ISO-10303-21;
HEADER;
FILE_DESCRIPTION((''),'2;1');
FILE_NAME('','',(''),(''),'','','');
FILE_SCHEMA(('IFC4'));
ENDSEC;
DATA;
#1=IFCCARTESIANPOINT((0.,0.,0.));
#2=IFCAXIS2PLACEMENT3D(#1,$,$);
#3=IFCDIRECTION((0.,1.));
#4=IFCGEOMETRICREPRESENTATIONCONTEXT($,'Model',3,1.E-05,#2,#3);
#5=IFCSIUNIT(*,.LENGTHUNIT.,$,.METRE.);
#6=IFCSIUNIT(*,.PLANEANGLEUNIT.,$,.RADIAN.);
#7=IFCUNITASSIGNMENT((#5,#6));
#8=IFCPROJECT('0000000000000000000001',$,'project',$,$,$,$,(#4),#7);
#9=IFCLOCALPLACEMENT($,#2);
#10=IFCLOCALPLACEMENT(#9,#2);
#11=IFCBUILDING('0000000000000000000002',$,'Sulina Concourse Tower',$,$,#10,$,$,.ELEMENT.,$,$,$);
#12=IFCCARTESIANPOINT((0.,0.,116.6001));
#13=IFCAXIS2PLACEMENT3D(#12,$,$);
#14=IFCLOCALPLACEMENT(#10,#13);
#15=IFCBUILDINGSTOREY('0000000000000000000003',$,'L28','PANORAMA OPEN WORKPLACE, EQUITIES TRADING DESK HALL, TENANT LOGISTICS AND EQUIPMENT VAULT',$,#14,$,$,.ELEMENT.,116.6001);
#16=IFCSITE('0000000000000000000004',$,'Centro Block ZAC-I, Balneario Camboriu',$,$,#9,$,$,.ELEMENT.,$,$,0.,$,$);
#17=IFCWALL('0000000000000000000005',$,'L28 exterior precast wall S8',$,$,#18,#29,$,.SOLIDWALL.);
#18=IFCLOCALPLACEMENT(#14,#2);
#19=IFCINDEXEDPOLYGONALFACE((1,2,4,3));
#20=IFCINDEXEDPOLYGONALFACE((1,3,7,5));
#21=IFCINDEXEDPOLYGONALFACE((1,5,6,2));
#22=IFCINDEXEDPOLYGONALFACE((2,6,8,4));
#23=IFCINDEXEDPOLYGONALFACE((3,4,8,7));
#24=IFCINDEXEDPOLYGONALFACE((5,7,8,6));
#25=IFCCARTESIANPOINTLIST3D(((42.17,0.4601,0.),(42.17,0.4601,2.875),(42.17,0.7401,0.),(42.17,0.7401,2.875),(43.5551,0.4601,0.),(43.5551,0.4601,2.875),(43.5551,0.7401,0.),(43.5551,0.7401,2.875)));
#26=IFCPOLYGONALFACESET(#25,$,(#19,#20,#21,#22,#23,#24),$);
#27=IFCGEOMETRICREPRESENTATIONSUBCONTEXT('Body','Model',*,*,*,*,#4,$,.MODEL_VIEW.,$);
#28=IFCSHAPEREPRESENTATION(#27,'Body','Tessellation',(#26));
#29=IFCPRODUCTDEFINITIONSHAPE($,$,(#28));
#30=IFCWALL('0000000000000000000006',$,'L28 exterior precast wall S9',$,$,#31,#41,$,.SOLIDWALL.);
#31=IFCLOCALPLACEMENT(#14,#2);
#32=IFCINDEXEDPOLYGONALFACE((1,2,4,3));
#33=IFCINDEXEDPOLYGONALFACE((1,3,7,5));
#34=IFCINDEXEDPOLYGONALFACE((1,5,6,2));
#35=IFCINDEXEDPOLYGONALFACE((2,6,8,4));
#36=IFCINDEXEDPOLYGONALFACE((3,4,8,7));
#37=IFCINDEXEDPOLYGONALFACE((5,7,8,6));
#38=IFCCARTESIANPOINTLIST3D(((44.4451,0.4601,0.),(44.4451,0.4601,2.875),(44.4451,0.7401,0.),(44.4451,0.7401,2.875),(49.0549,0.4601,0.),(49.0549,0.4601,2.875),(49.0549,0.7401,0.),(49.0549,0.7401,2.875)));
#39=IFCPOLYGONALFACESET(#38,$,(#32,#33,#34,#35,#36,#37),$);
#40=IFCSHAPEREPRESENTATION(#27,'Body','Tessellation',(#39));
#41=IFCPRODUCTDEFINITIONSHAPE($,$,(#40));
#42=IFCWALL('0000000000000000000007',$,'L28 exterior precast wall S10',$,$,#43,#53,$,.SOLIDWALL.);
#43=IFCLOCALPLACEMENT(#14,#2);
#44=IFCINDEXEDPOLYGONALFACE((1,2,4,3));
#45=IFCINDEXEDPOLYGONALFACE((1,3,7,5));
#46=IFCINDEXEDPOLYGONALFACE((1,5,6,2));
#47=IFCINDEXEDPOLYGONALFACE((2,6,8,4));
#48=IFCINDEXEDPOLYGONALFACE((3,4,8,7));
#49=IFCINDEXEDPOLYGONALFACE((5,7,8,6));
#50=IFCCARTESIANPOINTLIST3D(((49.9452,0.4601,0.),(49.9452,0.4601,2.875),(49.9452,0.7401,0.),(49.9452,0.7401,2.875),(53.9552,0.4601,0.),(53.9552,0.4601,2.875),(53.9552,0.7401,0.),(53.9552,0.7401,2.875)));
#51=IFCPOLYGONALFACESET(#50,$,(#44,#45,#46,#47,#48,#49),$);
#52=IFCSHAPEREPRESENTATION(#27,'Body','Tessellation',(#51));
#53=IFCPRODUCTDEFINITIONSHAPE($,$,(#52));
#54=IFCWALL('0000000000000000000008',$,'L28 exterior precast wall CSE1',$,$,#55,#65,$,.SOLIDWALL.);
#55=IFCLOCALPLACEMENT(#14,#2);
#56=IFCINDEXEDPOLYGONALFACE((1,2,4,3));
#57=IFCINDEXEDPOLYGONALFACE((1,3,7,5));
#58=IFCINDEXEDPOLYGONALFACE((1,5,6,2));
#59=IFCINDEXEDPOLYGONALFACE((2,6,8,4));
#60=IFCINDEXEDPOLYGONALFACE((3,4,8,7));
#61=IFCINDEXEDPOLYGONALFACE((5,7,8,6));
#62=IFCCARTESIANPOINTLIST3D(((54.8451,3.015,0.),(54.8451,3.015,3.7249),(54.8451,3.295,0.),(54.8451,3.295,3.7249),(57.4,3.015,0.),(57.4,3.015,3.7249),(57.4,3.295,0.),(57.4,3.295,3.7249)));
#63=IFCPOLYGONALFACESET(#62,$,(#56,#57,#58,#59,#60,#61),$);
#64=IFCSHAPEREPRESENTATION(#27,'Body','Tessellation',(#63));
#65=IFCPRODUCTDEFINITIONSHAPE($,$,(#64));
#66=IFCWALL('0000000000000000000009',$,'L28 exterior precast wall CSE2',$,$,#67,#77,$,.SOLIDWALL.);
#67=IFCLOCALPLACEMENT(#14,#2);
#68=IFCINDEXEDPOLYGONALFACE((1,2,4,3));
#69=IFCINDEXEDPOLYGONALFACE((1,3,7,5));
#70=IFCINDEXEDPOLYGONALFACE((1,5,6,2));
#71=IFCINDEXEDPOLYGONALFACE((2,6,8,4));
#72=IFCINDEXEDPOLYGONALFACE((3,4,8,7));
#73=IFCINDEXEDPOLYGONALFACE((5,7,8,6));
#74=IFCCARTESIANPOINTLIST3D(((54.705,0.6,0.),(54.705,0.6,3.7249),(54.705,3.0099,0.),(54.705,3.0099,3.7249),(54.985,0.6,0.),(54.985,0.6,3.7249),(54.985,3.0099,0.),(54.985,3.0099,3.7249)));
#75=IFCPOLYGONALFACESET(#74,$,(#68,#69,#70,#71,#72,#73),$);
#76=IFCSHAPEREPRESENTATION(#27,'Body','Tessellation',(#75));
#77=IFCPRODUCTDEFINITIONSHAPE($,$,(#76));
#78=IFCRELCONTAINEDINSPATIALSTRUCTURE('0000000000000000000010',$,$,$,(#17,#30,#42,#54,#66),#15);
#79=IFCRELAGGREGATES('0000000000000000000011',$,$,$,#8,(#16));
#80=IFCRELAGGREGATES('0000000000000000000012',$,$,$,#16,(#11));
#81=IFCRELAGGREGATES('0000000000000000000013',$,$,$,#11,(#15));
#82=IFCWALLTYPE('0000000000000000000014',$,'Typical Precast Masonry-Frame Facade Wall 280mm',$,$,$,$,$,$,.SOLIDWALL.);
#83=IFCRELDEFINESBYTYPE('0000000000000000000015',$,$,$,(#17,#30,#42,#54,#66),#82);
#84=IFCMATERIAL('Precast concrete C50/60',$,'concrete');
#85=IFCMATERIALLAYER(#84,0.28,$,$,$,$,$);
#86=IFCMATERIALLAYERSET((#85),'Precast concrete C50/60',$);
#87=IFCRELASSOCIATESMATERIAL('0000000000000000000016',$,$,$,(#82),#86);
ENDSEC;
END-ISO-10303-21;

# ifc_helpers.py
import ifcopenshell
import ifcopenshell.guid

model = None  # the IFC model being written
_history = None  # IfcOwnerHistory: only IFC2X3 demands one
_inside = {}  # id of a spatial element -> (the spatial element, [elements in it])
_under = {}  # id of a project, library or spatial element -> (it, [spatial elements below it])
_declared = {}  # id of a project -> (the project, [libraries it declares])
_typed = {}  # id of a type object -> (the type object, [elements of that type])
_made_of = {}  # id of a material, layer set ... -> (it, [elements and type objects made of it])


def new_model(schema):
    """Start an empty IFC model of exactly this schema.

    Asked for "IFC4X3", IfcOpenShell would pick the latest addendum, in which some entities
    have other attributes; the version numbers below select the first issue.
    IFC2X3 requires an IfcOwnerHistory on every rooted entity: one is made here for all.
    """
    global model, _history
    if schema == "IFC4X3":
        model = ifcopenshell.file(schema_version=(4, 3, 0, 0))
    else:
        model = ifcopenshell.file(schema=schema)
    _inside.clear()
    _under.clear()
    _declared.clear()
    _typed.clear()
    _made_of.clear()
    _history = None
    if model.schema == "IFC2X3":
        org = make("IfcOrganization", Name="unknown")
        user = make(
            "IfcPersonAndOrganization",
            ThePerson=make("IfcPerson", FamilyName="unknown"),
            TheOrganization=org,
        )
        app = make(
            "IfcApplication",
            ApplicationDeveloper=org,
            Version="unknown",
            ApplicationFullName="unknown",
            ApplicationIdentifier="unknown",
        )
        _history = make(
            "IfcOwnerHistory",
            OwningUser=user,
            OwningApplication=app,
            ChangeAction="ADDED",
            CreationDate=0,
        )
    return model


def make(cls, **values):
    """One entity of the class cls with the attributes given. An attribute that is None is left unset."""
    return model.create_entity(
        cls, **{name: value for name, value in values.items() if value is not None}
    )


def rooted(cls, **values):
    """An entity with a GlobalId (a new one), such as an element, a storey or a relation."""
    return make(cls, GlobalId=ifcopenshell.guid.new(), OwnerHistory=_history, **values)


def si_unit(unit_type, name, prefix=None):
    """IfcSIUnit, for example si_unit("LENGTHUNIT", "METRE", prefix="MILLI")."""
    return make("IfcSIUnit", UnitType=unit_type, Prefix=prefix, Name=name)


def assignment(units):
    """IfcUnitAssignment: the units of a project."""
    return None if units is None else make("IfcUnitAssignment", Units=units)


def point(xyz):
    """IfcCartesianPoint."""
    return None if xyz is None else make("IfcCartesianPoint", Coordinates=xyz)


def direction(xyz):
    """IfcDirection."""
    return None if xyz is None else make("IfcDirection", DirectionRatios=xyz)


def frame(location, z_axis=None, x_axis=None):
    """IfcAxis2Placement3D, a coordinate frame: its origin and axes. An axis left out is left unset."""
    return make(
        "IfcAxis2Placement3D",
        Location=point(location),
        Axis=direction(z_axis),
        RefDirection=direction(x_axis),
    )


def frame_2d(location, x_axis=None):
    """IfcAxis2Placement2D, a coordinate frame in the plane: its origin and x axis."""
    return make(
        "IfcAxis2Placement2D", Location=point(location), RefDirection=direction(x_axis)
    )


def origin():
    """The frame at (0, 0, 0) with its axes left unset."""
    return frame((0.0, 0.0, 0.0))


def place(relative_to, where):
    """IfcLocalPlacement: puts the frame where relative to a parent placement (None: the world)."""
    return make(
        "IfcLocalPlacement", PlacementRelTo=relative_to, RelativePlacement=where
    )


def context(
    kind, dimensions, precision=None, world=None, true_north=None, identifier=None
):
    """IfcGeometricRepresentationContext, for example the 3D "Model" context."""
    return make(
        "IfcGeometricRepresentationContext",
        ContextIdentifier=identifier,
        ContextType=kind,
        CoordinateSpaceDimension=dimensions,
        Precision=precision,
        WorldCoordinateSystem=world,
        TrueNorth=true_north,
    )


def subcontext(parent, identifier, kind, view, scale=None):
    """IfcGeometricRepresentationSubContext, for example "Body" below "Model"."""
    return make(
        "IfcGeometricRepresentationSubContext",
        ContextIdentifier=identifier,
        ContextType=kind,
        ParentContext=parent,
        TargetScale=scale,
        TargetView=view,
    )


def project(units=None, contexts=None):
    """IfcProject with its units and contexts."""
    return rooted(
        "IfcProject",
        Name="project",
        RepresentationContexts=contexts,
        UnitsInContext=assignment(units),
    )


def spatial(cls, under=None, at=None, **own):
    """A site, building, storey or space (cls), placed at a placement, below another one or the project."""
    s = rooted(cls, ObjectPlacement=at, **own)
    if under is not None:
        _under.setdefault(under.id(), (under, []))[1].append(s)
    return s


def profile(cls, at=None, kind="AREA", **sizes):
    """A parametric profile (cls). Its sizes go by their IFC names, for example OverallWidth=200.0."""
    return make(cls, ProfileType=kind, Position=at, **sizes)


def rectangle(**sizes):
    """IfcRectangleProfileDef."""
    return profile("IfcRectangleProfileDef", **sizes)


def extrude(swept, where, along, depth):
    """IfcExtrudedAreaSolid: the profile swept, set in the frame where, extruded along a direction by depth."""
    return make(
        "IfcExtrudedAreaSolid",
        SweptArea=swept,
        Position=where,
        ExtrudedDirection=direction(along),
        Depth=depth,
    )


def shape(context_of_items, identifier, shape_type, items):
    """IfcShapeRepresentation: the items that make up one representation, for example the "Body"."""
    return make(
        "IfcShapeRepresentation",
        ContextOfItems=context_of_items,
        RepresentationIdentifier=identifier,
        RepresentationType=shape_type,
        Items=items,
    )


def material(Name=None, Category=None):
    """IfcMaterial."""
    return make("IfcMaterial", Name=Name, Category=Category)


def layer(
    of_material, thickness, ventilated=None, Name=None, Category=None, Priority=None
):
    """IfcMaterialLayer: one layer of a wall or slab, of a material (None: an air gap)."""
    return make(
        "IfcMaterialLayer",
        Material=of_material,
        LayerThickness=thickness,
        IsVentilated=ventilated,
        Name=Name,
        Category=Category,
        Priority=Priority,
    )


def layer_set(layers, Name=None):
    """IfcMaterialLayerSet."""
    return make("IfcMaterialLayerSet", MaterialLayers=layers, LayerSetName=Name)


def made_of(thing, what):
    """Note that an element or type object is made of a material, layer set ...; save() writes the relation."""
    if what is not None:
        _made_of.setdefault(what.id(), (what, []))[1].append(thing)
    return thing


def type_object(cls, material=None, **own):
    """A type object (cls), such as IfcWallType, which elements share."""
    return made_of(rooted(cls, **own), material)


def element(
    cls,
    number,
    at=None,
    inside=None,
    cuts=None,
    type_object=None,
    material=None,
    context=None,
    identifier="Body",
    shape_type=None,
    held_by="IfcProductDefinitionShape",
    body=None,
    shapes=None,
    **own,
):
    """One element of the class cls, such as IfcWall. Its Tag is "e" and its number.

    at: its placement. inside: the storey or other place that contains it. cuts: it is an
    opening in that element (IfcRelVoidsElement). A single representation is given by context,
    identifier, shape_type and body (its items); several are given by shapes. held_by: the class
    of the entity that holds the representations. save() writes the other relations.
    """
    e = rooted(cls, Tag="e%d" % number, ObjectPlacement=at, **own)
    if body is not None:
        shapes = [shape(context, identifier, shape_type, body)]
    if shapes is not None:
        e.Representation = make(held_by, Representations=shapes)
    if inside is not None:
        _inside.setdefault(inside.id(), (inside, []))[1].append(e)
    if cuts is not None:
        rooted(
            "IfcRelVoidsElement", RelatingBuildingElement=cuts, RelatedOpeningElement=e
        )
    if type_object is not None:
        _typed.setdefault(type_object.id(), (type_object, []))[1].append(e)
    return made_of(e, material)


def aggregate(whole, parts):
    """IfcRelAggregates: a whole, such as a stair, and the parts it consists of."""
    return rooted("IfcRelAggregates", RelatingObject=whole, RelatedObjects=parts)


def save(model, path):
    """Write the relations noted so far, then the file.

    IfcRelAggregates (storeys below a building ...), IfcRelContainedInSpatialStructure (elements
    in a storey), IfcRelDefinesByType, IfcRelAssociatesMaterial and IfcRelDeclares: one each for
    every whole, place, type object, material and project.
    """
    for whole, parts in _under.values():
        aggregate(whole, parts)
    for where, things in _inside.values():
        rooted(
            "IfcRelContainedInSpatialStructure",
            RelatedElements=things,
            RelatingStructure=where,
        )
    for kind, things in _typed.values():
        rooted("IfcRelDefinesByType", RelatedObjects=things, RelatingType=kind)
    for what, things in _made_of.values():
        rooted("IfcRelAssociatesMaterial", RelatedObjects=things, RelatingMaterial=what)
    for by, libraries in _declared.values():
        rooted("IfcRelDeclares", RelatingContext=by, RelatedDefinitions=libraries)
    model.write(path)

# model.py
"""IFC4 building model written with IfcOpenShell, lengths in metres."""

from ifc_helpers import new_model, si_unit, direction, frame, frame_2d, origin, place, context, subcontext, project, spatial, rectangle, extrude, material, layer, layer_set, type_object, element, save


model = new_model("IFC4")

# Units and contexts
model_context = context("Model", 3, precision=1e-05, world=origin(), true_north=direction((0.0, 1.0)))
body_context = subcontext(model_context, "Body", "Model", "MODEL_VIEW")
ifc_project = project(units=[si_unit("LENGTHUNIT", "METRE"), si_unit("PLANEANGLEUNIT", "RADIAN")], contexts=[model_context])

# Site, building, storey
site_placement = place(None, origin())
site = spatial("IfcSite", under=ifc_project, at=site_placement, Name="Centro Block ZAC-I, Balneario Camboriu", CompositionType="ELEMENT", RefElevation=0.0)
building_placement = place(site_placement, origin())
building = spatial("IfcBuilding", under=site, at=building_placement, Name="Sulina Concourse Tower", CompositionType="ELEMENT")
storey_placement = place(building_placement, frame((0.0, 0.0, 116.6001)))
storey = spatial("IfcBuildingStorey", under=building, at=storey_placement, Name="L28", Description="PANORAMA OPEN WORKPLACE, EQUITIES TRADING DESK HALL, TENANT LOGISTICS AND EQUIPMENT VAULT", CompositionType="ELEMENT", Elevation=116.6001)

# Walls
ifc_material_1 = material(Name="Precast concrete C50/60", Category="concrete")
ifc_layer_1 = layer(ifc_material_1, 0.28)
ifc_layer_set_1 = layer_set([ifc_layer_1], Name="Precast concrete C50/60")
wall_type_1 = type_object("IfcWallType", Name="Typical Precast Masonry-Frame Facade Wall 280mm", PredefinedType="SOLIDWALL", material=ifc_layer_set_1)
wall_1_placement = place(storey_placement, frame((43.5549, 0.6001, 0.0), z_axis=(0.0, 0.0, 1.0), x_axis=(-1.0, 0.0, 0.0)))
element("IfcWall", 1, at=wall_1_placement, inside=storey, type_object=wall_type_1, Name="L28 exterior precast wall S8", PredefinedType="SOLIDWALL", context=body_context, shape_type="SweptSolid", body=[
    extrude(rectangle(XDim=1.385, YDim=0.28, at=frame_2d((0.6924, 0.0))), origin(), (0.0, 0.0, 1.0), 2.875),
])
wall_2_placement = place(storey_placement, frame((49.0549, 0.6001, 0.0), z_axis=(0.0, 0.0, 1.0), x_axis=(-1.0, 0.0, 0.0)))
element("IfcWall", 2, at=wall_2_placement, inside=storey, type_object=wall_type_1, Name="L28 exterior precast wall S9", PredefinedType="SOLIDWALL", context=body_context, shape_type="SweptSolid", body=[
    extrude(rectangle(XDim=4.6099, YDim=0.28, at=frame_2d((2.3049, 0.0))), origin(), (0.0, 0.0, 1.0), 2.875),
])
wall_3_placement = place(storey_placement, frame((53.9551, 0.6001, 0.0), z_axis=(0.0, 0.0, 1.0), x_axis=(-1.0, 0.0, 0.0)))
element("IfcWall", 3, at=wall_3_placement, inside=storey, type_object=wall_type_1, Name="L28 exterior precast wall S10", PredefinedType="SOLIDWALL", context=body_context, shape_type="SweptSolid", body=[
    extrude(rectangle(XDim=4.01, YDim=0.28, at=frame_2d((2.0049, 0.0))), origin(), (0.0, 0.0, 1.0), 2.875),
])
wall_4_placement = place(storey_placement, frame((57.3999, 3.155, 0.0), z_axis=(0.0, 0.0, 1.0), x_axis=(-1.0, 0.0, 0.0)))
element("IfcWall", 4, at=wall_4_placement, inside=storey, type_object=wall_type_1, Name="L28 exterior precast wall CSE1", PredefinedType="SOLIDWALL", context=body_context, shape_type="SweptSolid", body=[
    extrude(rectangle(XDim=2.5549, YDim=0.28, at=frame_2d((1.2773, 0.0))), origin(), (0.0, 0.0, 1.0), 3.7249),
])
wall_5_placement = place(storey_placement, frame((54.845, 3.01, 0.0), z_axis=(0.0, 0.0, 1.0), x_axis=(0.0, -1.0, 0.0)))
element("IfcWall", 5, at=wall_5_placement, inside=storey, type_object=wall_type_1, Name="L28 exterior precast wall CSE2", PredefinedType="SOLIDWALL", context=body_context, shape_type="SweptSolid", body=[
    extrude(rectangle(XDim=2.4099, YDim=0.28, at=frame_2d((1.2051, 0.0))), origin(), (0.0, 0.0, 1.0), 3.7249),
])

save(model, "model.ifc")
